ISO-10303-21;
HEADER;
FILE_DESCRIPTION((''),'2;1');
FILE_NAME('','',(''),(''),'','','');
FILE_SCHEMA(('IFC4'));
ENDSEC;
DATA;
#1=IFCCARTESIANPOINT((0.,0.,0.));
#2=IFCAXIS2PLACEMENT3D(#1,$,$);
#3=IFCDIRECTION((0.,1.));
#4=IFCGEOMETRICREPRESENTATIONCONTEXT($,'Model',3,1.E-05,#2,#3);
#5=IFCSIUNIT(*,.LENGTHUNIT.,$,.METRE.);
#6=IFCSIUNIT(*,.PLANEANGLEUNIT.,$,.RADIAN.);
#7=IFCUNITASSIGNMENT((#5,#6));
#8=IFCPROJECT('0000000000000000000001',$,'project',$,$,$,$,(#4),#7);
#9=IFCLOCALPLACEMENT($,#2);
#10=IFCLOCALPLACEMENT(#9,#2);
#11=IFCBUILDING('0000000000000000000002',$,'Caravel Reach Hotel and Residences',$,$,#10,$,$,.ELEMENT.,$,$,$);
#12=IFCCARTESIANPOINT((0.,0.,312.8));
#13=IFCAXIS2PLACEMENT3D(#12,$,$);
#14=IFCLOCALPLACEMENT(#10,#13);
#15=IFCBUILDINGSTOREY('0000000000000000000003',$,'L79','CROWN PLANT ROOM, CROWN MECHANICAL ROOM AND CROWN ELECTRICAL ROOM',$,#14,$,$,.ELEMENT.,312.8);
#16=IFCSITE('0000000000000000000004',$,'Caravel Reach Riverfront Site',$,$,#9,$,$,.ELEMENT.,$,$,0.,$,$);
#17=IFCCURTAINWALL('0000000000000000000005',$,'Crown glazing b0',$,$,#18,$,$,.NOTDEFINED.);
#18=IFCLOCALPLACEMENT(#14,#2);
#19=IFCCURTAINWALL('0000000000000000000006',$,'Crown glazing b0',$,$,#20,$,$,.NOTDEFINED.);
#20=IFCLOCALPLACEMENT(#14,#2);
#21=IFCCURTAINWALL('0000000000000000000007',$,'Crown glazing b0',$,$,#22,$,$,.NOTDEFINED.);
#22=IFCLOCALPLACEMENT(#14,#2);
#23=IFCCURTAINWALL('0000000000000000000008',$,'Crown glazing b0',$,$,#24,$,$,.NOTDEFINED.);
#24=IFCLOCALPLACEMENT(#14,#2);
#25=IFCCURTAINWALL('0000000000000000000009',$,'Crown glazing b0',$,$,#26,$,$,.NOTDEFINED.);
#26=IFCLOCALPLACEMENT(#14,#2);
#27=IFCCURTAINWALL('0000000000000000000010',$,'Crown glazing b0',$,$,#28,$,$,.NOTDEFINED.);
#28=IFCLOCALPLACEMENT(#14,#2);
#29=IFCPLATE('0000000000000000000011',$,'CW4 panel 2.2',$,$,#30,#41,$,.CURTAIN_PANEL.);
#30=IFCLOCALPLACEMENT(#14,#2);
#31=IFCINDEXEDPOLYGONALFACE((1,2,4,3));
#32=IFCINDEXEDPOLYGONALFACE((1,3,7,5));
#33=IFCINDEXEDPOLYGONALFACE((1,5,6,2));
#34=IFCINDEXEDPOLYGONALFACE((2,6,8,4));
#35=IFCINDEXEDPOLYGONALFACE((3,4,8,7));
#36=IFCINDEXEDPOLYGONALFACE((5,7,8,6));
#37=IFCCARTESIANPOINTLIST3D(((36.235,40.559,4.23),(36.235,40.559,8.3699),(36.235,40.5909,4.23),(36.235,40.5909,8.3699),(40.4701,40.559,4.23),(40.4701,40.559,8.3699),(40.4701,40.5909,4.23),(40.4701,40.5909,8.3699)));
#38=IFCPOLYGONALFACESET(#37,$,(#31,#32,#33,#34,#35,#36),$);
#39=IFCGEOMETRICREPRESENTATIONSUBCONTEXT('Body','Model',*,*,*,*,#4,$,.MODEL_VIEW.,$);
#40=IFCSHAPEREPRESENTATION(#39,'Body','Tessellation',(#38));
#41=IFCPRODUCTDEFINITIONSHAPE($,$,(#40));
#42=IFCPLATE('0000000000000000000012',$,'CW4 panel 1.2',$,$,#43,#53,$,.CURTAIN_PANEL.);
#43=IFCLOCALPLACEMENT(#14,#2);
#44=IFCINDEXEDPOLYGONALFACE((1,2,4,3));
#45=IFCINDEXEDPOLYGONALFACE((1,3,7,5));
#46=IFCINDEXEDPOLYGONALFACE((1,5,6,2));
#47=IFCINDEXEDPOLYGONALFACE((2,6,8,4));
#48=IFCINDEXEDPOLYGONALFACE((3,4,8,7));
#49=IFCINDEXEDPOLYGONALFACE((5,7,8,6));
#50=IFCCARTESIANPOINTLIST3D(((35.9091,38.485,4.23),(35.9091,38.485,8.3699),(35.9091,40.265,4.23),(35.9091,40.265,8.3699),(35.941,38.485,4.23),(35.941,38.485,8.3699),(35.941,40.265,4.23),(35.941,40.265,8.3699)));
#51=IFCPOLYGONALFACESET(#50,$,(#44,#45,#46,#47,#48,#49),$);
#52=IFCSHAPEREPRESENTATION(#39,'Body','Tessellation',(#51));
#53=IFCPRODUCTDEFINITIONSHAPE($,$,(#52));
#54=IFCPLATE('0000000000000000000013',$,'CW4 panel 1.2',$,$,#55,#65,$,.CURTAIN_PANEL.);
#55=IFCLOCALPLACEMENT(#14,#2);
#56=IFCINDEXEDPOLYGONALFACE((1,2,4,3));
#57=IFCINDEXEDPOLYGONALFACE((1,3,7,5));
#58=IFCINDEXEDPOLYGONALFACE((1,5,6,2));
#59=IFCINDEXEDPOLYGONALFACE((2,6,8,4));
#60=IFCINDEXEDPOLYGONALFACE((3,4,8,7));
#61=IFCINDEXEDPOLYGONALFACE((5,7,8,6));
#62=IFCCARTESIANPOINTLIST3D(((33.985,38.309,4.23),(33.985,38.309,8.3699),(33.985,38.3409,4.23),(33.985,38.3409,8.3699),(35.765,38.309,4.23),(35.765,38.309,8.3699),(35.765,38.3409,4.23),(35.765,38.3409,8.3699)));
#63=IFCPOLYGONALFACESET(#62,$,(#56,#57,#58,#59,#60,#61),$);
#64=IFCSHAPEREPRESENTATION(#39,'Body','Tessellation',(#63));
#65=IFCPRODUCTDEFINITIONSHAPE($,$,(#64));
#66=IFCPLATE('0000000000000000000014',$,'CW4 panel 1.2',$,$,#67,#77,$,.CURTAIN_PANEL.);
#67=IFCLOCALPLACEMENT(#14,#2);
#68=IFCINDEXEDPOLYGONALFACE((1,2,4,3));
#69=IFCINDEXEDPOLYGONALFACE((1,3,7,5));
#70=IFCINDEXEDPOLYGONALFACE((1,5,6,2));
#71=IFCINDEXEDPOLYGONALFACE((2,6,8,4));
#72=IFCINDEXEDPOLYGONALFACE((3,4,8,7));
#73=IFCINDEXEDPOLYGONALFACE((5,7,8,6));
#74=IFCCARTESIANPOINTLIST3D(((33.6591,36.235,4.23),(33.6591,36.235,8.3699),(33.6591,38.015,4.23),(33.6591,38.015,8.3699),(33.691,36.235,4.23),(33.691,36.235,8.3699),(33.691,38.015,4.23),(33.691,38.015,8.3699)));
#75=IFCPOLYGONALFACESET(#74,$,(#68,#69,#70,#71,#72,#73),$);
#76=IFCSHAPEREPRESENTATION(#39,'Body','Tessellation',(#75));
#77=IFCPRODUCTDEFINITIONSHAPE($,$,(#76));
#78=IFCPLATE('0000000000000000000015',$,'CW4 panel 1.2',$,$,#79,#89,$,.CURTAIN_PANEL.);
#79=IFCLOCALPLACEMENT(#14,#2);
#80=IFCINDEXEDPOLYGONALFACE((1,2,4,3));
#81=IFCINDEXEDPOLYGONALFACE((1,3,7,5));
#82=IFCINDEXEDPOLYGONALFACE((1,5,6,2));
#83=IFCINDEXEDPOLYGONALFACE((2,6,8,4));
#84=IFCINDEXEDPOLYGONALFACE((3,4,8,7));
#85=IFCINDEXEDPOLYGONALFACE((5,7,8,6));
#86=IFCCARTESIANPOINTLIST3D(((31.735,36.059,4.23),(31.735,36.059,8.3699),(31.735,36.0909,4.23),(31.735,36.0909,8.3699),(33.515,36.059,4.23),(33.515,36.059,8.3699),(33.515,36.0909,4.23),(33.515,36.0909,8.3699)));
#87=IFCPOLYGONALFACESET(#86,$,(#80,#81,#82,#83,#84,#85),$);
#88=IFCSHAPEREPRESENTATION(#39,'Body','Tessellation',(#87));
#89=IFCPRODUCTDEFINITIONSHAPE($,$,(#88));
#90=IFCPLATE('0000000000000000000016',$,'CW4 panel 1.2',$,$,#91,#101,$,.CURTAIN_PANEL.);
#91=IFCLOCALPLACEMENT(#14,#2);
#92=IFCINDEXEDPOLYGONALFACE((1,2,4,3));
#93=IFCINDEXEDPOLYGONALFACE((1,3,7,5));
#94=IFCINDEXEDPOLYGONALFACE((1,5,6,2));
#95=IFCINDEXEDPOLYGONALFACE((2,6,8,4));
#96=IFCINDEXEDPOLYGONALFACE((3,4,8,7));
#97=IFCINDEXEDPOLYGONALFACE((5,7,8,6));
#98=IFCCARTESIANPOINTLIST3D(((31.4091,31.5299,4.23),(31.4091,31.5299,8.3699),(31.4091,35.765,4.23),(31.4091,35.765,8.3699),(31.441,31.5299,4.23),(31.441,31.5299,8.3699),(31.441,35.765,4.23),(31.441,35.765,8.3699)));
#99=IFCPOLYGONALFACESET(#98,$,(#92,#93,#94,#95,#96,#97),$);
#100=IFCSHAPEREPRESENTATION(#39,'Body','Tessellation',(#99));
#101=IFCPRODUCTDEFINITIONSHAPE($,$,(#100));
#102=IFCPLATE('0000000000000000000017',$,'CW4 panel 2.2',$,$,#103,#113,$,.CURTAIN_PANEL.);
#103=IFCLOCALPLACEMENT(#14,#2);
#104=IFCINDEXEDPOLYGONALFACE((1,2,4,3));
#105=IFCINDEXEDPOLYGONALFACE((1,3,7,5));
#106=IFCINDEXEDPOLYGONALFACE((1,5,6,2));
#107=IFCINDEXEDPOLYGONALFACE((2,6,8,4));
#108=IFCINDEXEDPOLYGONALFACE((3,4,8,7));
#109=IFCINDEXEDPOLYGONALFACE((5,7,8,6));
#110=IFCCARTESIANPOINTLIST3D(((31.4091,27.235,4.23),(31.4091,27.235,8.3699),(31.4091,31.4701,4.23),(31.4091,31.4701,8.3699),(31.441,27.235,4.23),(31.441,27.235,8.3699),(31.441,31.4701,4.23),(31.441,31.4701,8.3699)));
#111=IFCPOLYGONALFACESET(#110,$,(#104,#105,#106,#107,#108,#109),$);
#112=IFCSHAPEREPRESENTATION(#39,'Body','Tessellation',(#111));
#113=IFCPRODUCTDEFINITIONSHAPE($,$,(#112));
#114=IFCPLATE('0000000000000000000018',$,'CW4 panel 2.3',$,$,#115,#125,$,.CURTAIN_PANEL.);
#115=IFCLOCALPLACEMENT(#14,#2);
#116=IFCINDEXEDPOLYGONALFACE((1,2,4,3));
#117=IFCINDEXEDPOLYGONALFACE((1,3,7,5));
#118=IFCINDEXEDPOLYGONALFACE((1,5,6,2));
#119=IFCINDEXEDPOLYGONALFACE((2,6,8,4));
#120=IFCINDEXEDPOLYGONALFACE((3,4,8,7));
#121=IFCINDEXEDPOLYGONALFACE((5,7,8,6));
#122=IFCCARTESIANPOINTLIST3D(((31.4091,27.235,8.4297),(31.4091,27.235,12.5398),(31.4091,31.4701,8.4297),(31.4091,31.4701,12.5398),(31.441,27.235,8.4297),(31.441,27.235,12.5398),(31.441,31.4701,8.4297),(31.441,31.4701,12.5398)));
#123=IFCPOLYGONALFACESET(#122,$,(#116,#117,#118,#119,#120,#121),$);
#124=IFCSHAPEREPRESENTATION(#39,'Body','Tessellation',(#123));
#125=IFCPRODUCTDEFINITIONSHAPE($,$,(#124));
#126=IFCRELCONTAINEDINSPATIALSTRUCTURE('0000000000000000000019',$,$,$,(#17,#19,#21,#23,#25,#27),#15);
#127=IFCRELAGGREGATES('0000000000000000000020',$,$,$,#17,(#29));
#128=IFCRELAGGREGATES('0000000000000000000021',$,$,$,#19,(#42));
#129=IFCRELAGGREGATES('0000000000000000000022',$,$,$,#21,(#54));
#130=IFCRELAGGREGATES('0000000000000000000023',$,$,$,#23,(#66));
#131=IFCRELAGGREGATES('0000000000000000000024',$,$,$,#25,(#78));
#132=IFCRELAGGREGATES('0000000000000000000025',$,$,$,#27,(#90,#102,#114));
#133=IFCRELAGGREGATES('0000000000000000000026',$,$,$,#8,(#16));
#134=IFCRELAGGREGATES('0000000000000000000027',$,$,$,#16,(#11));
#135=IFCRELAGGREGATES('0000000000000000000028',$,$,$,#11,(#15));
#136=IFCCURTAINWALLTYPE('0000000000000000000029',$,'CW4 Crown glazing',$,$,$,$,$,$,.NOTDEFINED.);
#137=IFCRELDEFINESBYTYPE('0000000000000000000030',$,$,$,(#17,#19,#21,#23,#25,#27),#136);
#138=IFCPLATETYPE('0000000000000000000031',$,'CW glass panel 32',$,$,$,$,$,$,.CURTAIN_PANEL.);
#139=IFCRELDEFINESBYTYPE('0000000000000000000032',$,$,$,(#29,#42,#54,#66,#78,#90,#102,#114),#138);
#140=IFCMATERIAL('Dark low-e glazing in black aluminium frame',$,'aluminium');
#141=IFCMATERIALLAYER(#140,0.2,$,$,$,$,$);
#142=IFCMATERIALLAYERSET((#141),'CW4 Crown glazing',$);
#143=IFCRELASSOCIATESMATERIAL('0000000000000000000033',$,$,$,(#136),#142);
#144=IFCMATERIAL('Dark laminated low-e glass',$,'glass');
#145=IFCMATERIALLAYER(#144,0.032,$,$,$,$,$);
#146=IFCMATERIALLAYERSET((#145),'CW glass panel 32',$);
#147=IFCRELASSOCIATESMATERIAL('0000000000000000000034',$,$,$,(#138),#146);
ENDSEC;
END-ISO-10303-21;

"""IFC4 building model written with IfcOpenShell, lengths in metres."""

from ifc_helpers import new_model, si_unit, direction, frame, origin, origin_2d, place, context, subcontext, project, spatial, rectangle, extrude, material, layer, layer_set, type_object, element, aggregate, save


model = new_model("IFC4")

# Units and contexts
model_context = context("Model", 3, precision=1e-05, world=origin(), true_north=direction((0.0, 1.0)))
body_context = subcontext(model_context, "Body", "Model", "MODEL_VIEW")
ifc_project = project(units=[si_unit("LENGTHUNIT", "METRE"), si_unit("PLANEANGLEUNIT", "RADIAN")], contexts=[model_context])

# Site, building, storey
site_placement = place(None, origin())
site = spatial("IfcSite", under=ifc_project, at=site_placement, Name="Caravel Reach Riverfront Site", CompositionType="ELEMENT", RefElevation=0.0)
building_placement = place(site_placement, origin())
building = spatial("IfcBuilding", under=site, at=building_placement, Name="Caravel Reach Hotel and Residences", CompositionType="ELEMENT")
storey_placement = place(building_placement, frame((0.0, 0.0, 312.8)))
storey = spatial("IfcBuildingStorey", under=building, at=storey_placement, Name="L79", Description="CROWN PLANT ROOM, CROWN MECHANICAL ROOM AND CROWN ELECTRICAL ROOM", CompositionType="ELEMENT", Elevation=312.8)

# Curtain wall
ifc_material_1 = material(Name="Dark low-e glazing in black aluminium frame", Category="aluminium")
ifc_layer_1 = layer(ifc_material_1, 0.2)
ifc_layer_set_1 = layer_set([ifc_layer_1], Name="CW4 Crown glazing")
curtain_wall_type = type_object("IfcCurtainWallType", Name="CW4 Crown glazing", PredefinedType="NOTDEFINED", material=ifc_layer_set_1)
curtain_wall_1_placement = place(storey_placement, origin())
curtain_wall_1 = element("IfcCurtainWall", 1, at=curtain_wall_1_placement, inside=storey, type_object=curtain_wall_type, Name="Crown glazing b0", PredefinedType="NOTDEFINED")

# Curtain walls
curtain_wall_2_placement = place(storey_placement, origin())
curtain_wall_2 = element("IfcCurtainWall", 2, at=curtain_wall_2_placement, inside=storey, type_object=curtain_wall_type, Name="Crown glazing b0", PredefinedType="NOTDEFINED")
curtain_wall_3_placement = place(storey_placement, origin())
curtain_wall_3 = element("IfcCurtainWall", 3, at=curtain_wall_3_placement, inside=storey, type_object=curtain_wall_type, Name="Crown glazing b0", PredefinedType="NOTDEFINED")
curtain_wall_4_placement = place(storey_placement, origin())
curtain_wall_4 = element("IfcCurtainWall", 4, at=curtain_wall_4_placement, inside=storey, type_object=curtain_wall_type, Name="Crown glazing b0", PredefinedType="NOTDEFINED")
curtain_wall_5_placement = place(storey_placement, origin())
curtain_wall_5 = element("IfcCurtainWall", 5, at=curtain_wall_5_placement, inside=storey, type_object=curtain_wall_type, Name="Crown glazing b0", PredefinedType="NOTDEFINED")
curtain_wall_6_placement = place(storey_placement, origin())
curtain_wall_6 = element("IfcCurtainWall", 6, at=curtain_wall_6_placement, inside=storey, type_object=curtain_wall_type, Name="Crown glazing b0", PredefinedType="NOTDEFINED")

# Plates
ifc_material_2 = material(Name="Dark laminated low-e glass", Category="glass")
ifc_layer_2 = layer(ifc_material_2, 0.032)
ifc_layer_set_2 = layer_set([ifc_layer_2], Name="CW glass panel 32")
plate_type = type_object("IfcPlateType", Name="CW glass panel 32", PredefinedType="CURTAIN_PANEL", material=ifc_layer_set_2)
plate_1_placement = place(storey_placement, frame((38.3525, 40.575, 4.23), z_axis=(0.0, 0.0, 1.0), x_axis=(-1.0, 0.0, 0.0)))
plate_1 = element("IfcPlate", 7, at=plate_1_placement, type_object=plate_type, Name="CW4 panel 2.2", PredefinedType="CURTAIN_PANEL", context=body_context, shape_type="SweptSolid", body=[
    extrude(rectangle(XDim=4.2351, YDim=0.032, at=origin_2d()), origin(), (0.0, 0.0, 1.0), 4.1399),
])
aggregate(curtain_wall_1, [plate_1])
plate_2_placement = place(storey_placement, frame((35.925, 39.375, 4.23), z_axis=(0.0, 0.0, 1.0), x_axis=(0.0, -1.0, 0.0)))
plate_2 = element("IfcPlate", 8, at=plate_2_placement, type_object=plate_type, Name="CW4 panel 1.2", PredefinedType="CURTAIN_PANEL", context=body_context, shape_type="SweptSolid", body=[
    extrude(rectangle(XDim=1.78, YDim=0.032, at=origin_2d()), origin(), (0.0, 0.0, 1.0), 4.1399),
])
aggregate(curtain_wall_2, [plate_2])
plate_3_placement = place(storey_placement, frame((34.875, 38.325, 4.23), z_axis=(0.0, 0.0, 1.0), x_axis=(-1.0, 0.0, 0.0)))
plate_3 = element("IfcPlate", 9, at=plate_3_placement, type_object=plate_type, Name="CW4 panel 1.2", PredefinedType="CURTAIN_PANEL", context=body_context, shape_type="SweptSolid", body=[
    extrude(rectangle(XDim=1.78, YDim=0.032, at=origin_2d()), origin(), (0.0, 0.0, 1.0), 4.1399),
])
aggregate(curtain_wall_3, [plate_3])
plate_4_placement = place(storey_placement, frame((33.675, 37.125, 4.23), z_axis=(0.0, 0.0, 1.0), x_axis=(0.0, -1.0, 0.0)))
plate_4 = element("IfcPlate", 10, at=plate_4_placement, type_object=plate_type, Name="CW4 panel 1.2", PredefinedType="CURTAIN_PANEL", context=body_context, shape_type="SweptSolid", body=[
    extrude(rectangle(XDim=1.78, YDim=0.032, at=origin_2d()), origin(), (0.0, 0.0, 1.0), 4.1399),
])
aggregate(curtain_wall_4, [plate_4])
plate_5_placement = place(storey_placement, frame((32.625, 36.075, 4.23), z_axis=(0.0, 0.0, 1.0), x_axis=(-1.0, 0.0, 0.0)))
plate_5 = element("IfcPlate", 11, at=plate_5_placement, type_object=plate_type, Name="CW4 panel 1.2", PredefinedType="CURTAIN_PANEL", context=body_context, shape_type="SweptSolid", body=[
    extrude(rectangle(XDim=1.78, YDim=0.032, at=origin_2d()), origin(), (0.0, 0.0, 1.0), 4.1399),
])
aggregate(curtain_wall_5, [plate_5])
plate_6_placement = place(storey_placement, frame((31.425, 33.6475, 4.23), z_axis=(0.0, 0.0, 1.0), x_axis=(0.0, -1.0, 0.0)))
plate_6 = element("IfcPlate", 12, at=plate_6_placement, type_object=plate_type, Name="CW4 panel 1.2", PredefinedType="CURTAIN_PANEL", context=body_context, shape_type="SweptSolid", body=[
    extrude(rectangle(XDim=4.2351, YDim=0.032, at=origin_2d()), origin(), (0.0, 0.0, 1.0), 4.1399),
])
plate_7_placement = place(storey_placement, frame((31.425, 29.3525, 4.23), z_axis=(0.0, 0.0, 1.0), x_axis=(0.0, -1.0, 0.0)))
plate_7 = element("IfcPlate", 13, at=plate_7_placement, type_object=plate_type, Name="CW4 panel 2.2", PredefinedType="CURTAIN_PANEL", context=body_context, shape_type="SweptSolid", body=[
    extrude(rectangle(XDim=4.2351, YDim=0.032, at=origin_2d()), origin(), (0.0, 0.0, 1.0), 4.1399),
])
plate_8_placement = place(storey_placement, frame((31.425, 29.3525, 8.4297), z_axis=(0.0, 0.0, 1.0), x_axis=(0.0, -1.0, 0.0)))
plate_8 = element("IfcPlate", 14, at=plate_8_placement, type_object=plate_type, Name="CW4 panel 2.3", PredefinedType="CURTAIN_PANEL", context=body_context, shape_type="SweptSolid", body=[
    extrude(rectangle(XDim=4.2351, YDim=0.032, at=origin_2d()), origin(), (0.0, 0.0, 1.0), 4.1101),
])
aggregate(curtain_wall_6, [plate_6, plate_7, plate_8])

save(model, "model.ifc")
